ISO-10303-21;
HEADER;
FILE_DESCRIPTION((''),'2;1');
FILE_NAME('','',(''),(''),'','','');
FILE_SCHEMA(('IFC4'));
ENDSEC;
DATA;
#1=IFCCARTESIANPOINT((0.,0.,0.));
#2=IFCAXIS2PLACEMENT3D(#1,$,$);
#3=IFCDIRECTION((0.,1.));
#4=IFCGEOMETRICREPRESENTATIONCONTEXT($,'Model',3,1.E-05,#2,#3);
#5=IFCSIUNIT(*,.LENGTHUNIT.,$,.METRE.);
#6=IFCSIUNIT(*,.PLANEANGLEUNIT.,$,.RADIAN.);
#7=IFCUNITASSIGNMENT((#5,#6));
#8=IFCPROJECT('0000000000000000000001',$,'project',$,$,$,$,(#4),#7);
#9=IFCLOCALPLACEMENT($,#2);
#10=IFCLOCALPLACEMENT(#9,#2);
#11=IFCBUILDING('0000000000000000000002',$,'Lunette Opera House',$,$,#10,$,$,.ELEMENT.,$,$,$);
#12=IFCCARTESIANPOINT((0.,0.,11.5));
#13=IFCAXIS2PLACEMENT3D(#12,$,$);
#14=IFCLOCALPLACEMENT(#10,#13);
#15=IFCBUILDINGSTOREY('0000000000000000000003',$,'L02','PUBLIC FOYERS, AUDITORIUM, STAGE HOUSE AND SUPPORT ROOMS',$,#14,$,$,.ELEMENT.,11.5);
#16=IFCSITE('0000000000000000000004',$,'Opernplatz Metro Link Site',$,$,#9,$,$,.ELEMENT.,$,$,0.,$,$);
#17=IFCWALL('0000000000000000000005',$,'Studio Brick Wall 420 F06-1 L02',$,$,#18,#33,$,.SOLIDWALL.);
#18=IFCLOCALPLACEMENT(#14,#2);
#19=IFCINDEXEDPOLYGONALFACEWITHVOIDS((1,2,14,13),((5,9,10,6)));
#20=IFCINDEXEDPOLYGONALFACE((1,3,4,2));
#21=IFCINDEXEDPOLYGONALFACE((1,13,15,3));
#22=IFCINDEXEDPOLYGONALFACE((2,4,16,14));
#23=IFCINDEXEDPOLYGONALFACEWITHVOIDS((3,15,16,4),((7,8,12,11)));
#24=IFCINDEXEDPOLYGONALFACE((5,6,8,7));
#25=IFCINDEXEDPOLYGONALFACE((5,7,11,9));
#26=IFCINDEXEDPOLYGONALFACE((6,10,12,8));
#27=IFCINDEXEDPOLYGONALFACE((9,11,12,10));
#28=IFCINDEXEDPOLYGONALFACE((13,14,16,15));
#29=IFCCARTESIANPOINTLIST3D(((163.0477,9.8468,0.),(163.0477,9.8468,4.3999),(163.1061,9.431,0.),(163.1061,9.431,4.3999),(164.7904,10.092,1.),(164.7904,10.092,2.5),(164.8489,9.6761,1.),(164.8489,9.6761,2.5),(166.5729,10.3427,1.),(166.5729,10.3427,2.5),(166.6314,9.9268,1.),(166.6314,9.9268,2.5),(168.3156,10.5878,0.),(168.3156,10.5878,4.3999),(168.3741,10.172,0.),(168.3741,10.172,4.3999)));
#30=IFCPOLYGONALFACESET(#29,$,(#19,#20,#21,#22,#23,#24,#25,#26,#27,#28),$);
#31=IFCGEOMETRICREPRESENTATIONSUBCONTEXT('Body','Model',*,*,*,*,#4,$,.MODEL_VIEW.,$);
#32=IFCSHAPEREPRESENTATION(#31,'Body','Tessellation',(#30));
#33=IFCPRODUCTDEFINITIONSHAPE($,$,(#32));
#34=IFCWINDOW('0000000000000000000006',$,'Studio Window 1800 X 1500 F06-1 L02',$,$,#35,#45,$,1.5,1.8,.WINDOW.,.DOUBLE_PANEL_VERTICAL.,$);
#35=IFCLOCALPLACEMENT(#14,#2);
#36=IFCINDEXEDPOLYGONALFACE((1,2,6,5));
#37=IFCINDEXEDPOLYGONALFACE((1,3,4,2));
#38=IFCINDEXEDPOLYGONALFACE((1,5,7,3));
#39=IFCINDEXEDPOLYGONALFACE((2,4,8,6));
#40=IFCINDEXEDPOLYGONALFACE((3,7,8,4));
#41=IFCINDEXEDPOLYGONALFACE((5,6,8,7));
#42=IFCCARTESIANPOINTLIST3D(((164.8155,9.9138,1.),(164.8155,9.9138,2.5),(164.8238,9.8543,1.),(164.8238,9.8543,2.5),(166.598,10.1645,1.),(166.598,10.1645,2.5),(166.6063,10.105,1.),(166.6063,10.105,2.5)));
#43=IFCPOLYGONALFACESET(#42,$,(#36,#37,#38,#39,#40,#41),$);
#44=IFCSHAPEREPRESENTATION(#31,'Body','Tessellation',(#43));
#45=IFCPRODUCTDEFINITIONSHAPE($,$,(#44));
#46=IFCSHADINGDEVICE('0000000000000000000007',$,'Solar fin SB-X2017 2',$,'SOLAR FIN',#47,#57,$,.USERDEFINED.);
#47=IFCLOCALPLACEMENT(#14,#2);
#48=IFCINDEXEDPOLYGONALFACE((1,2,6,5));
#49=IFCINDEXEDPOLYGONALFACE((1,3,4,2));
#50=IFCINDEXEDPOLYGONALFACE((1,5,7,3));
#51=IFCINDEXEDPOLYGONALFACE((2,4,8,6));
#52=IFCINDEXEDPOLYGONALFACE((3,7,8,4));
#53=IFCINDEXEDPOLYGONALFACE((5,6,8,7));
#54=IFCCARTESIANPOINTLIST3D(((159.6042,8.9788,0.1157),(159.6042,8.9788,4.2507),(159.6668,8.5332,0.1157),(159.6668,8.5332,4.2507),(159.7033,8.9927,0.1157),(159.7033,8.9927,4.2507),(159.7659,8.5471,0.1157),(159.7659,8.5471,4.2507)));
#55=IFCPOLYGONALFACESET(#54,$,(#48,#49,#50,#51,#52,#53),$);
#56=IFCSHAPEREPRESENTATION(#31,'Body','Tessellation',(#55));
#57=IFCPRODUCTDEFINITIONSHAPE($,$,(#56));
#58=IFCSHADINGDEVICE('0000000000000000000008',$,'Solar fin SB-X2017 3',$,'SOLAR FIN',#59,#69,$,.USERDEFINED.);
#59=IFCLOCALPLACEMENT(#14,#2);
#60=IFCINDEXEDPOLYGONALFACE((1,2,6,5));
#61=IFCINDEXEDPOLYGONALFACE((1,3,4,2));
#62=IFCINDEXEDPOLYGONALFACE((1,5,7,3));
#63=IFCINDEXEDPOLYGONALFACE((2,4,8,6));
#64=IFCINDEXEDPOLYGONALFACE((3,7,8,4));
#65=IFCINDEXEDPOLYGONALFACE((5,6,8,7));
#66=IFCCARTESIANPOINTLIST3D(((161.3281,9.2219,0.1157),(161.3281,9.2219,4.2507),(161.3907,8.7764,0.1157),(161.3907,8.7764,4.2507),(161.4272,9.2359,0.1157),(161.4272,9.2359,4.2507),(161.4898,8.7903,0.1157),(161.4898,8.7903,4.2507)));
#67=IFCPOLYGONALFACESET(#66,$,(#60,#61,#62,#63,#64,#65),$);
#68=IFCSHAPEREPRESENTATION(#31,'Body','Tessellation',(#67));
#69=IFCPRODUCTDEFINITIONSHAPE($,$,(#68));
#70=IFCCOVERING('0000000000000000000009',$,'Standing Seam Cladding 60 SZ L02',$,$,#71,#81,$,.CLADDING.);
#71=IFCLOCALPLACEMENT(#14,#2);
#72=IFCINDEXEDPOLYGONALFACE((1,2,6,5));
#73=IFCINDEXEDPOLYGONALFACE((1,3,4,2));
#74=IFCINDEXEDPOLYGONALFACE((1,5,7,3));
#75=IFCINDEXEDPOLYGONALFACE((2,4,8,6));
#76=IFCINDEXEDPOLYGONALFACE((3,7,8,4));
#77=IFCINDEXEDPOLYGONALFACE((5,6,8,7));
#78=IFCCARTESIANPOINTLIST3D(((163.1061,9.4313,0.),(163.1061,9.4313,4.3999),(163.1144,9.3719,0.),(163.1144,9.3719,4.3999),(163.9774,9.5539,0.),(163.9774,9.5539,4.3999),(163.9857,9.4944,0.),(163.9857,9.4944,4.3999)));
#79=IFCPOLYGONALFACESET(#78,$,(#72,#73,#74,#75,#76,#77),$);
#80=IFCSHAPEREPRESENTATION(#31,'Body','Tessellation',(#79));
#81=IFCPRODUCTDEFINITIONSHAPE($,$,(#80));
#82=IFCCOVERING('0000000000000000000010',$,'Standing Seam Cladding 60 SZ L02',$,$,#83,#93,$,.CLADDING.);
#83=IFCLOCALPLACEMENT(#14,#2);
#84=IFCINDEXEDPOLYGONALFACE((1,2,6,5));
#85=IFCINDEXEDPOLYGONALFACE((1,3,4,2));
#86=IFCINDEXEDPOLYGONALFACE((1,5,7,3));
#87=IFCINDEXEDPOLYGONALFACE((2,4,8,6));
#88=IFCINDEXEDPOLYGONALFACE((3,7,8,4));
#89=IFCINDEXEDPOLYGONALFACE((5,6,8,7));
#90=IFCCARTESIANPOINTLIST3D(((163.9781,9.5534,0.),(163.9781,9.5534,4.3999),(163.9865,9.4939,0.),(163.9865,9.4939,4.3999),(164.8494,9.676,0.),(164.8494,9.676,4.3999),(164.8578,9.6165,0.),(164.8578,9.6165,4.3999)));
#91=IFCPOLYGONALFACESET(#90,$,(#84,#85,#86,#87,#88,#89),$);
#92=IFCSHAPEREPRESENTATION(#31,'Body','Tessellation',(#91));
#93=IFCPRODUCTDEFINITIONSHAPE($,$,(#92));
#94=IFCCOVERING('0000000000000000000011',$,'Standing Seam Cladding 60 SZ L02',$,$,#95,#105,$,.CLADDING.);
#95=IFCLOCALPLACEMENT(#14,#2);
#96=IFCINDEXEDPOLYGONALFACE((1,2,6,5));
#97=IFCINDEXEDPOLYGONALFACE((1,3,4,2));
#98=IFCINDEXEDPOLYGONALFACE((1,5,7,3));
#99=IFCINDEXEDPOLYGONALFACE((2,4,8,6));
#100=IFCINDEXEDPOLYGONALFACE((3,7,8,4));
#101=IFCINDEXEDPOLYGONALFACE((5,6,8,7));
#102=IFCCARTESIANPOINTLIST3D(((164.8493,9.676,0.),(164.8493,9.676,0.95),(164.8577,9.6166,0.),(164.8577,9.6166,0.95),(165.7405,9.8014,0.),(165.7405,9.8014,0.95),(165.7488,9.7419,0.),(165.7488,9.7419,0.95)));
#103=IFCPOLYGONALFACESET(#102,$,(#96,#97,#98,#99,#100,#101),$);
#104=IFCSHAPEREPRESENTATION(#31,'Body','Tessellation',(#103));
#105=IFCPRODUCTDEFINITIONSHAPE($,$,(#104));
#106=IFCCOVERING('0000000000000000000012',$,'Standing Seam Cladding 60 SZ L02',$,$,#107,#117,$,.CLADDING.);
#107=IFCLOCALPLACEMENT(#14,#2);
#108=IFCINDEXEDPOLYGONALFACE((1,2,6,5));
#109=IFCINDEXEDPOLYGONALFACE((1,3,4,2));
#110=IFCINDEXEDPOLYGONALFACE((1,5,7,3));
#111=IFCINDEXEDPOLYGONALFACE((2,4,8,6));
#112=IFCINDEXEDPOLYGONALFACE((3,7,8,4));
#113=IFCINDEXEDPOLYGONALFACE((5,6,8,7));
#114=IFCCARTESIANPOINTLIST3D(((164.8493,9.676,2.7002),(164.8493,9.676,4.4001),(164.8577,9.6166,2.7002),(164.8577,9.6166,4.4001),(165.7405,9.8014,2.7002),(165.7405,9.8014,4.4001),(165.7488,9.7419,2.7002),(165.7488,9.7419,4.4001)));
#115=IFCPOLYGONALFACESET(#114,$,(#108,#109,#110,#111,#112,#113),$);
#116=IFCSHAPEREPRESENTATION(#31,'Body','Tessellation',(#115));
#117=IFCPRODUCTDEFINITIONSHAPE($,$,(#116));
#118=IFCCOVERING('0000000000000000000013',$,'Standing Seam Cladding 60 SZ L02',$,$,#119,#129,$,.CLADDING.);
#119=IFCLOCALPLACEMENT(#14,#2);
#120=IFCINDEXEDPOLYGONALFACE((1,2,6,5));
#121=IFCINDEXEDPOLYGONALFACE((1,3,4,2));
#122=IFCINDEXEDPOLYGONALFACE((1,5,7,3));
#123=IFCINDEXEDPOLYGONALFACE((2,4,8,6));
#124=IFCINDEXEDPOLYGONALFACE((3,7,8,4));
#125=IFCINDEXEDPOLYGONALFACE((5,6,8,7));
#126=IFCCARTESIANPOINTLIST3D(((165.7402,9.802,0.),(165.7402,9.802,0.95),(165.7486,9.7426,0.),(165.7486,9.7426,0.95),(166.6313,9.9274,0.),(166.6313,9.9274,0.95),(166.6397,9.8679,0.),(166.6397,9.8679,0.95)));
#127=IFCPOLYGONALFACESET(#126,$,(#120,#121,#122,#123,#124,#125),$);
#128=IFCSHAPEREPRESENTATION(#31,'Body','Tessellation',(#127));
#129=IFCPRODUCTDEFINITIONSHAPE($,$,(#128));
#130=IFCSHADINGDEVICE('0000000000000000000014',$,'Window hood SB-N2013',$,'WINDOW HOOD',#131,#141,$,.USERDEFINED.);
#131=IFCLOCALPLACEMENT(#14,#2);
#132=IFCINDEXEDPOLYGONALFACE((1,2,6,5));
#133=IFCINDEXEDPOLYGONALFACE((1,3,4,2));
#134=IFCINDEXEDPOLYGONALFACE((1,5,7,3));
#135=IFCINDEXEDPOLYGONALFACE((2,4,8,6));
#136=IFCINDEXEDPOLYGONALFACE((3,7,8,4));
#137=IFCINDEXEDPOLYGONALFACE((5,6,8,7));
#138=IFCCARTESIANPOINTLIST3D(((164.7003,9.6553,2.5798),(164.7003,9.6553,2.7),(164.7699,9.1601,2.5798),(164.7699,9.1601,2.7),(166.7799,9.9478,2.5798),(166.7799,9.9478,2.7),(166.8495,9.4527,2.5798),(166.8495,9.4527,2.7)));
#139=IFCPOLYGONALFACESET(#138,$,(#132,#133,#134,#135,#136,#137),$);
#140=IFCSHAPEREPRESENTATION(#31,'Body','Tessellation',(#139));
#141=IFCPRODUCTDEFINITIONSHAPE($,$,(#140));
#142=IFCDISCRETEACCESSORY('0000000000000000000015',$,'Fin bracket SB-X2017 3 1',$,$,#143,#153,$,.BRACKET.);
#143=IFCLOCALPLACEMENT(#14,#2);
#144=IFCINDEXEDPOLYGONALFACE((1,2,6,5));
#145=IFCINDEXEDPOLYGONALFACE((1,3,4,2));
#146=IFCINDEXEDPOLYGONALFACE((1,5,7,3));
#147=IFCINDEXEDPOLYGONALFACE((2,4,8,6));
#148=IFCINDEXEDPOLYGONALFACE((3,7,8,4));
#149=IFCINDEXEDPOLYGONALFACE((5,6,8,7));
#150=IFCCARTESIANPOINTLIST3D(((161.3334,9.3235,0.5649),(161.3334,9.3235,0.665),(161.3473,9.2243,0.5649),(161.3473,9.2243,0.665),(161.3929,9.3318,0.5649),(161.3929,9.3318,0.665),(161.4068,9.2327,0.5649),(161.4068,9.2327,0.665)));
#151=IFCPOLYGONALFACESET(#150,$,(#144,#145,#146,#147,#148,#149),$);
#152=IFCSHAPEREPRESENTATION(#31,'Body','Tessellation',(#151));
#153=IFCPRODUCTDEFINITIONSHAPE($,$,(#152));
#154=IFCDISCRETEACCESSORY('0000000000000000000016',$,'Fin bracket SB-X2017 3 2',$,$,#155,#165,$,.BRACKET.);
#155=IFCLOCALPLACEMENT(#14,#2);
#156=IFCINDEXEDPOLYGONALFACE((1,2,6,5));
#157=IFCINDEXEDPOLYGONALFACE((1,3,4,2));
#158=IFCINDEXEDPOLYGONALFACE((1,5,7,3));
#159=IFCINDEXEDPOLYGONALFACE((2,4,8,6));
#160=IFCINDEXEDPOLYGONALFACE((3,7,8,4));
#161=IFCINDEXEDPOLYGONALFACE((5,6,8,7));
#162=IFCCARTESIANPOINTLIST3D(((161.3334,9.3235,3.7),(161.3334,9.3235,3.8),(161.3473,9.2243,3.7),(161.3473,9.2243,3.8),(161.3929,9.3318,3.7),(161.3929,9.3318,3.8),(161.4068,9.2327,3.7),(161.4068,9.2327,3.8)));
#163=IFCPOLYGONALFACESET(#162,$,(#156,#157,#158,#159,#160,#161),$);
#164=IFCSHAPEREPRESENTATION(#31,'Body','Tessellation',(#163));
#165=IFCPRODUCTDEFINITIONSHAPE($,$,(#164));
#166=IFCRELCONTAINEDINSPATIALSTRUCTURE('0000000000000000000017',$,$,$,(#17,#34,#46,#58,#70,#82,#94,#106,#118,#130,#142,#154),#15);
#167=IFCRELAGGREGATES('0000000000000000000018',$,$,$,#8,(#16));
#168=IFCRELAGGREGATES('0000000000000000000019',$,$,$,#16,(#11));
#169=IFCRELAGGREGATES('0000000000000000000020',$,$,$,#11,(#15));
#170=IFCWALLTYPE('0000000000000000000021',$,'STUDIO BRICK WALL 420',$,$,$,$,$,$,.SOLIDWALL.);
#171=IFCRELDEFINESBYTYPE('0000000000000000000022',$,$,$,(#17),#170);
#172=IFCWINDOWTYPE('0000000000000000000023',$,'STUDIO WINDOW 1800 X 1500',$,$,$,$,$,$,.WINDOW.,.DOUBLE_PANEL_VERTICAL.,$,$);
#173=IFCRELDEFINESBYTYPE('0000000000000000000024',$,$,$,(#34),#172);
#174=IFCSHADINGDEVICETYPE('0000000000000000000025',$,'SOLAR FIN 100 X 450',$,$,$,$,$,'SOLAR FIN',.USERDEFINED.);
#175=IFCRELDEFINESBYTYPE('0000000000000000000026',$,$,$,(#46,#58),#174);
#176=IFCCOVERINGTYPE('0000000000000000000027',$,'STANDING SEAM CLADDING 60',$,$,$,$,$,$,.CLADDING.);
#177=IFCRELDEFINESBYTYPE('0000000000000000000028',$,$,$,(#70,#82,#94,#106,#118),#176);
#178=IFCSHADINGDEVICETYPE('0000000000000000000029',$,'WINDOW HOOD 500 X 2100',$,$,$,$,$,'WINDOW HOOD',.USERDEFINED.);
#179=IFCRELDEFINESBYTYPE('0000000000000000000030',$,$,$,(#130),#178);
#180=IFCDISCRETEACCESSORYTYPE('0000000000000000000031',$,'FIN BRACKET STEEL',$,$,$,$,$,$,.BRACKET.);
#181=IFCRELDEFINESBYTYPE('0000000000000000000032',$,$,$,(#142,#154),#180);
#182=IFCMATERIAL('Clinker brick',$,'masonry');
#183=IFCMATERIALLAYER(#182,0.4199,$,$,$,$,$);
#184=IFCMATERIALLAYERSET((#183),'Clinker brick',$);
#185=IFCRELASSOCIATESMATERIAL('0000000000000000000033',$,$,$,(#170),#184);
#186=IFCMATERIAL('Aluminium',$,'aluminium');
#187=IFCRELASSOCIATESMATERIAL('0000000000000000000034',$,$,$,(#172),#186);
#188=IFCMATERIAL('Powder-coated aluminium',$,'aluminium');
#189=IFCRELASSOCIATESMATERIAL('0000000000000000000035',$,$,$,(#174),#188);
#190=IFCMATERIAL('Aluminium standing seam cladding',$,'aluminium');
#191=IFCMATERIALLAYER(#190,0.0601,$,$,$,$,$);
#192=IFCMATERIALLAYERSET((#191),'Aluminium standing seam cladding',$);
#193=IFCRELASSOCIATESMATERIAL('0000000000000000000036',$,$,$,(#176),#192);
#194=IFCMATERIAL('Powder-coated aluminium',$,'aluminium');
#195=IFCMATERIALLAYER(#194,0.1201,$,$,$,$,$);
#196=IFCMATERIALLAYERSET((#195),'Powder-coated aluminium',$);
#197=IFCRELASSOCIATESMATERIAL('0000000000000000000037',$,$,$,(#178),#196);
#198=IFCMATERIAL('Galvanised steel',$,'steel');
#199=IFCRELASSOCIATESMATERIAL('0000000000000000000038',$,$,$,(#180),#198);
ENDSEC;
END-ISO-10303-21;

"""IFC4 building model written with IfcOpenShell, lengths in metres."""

from ifc_helpers import new_model, si_unit, direction, frame, frame_2d, origin, origin_2d, place, context, subcontext, project, spatial, rectangle, extrude, material, layer, layer_set, type_object, element, fill, save


model = new_model("IFC4")

# Units and contexts
model_context = context("Model", 3, precision=1e-05, world=origin(), true_north=direction((0.0, 1.0)))
body_context = subcontext(model_context, "Body", "Model", "MODEL_VIEW")
ifc_project = project(units=[si_unit("LENGTHUNIT", "METRE"), si_unit("PLANEANGLEUNIT", "RADIAN")], contexts=[model_context])

# Site, building, storey
site_placement = place(None, origin())
site = spatial("IfcSite", under=ifc_project, at=site_placement, Name="Opernplatz Metro Link Site", CompositionType="ELEMENT", RefElevation=0.0)
building_placement = place(site_placement, origin())
building = spatial("IfcBuilding", under=site, at=building_placement, Name="Lunette Opera House", CompositionType="ELEMENT")
storey_placement = place(building_placement, frame((0.0, 0.0, 11.5)))
storey = spatial("IfcBuildingStorey", under=building, at=storey_placement, Name="L02", Description="PUBLIC FOYERS, AUDITORIUM, STAGE HOUSE AND SUPPORT ROOMS", CompositionType="ELEMENT", Elevation=11.5)

# Wall, opening, window
ifc_material_1 = material(Name="Clinker brick", Category="masonry")
ifc_layer_1 = layer(ifc_material_1, 0.4199)
ifc_layer_set_1 = layer_set([ifc_layer_1], Name="Clinker brick")
wall_type_1 = type_object("IfcWallType", Name="STUDIO BRICK WALL 420", PredefinedType="SOLIDWALL", material=ifc_layer_set_1)
wall_1_placement = place(storey_placement, frame((163.0769, 9.6389, 0.0), z_axis=(0.0, 0.0, 1.0), x_axis=(0.990253, 0.139282, 0.0)))
wall_1 = element("IfcWall", 1, at=wall_1_placement, inside=storey, type_object=wall_type_1, Name="Studio Brick Wall 420 F06-1 L02", PredefinedType="SOLIDWALL", context=body_context, shape_type="SweptSolid", body=[
    extrude(rectangle(XDim=5.3198, YDim=0.4199, at=frame_2d((2.6599, 0.0))), origin(), (0.0, 0.0, 1.0), 4.3999),
])
opening_1_placement = place(wall_1_placement, frame((1.76, 0.0, 1.0)))
opening_1 = element("IfcOpeningElement", 2, at=opening_1_placement, cuts=wall_1, PredefinedType="OPENING", context=body_context, shape_type="SweptSolid", body=[
    extrude(rectangle(XDim=1.8, YDim=1.5, at=frame_2d((0.8999, 0.75))), frame((0.0, 0.2219, 0.0), z_axis=(0.0, -1.0, 0.0), x_axis=(1.0, 0.0, 0.0)), (0.0, 0.0, 1.0), 0.4438),
])
ifc_material_2 = material(Name="Aluminium", Category="aluminium")
window_type = type_object("IfcWindowType", Name="STUDIO WINDOW 1800 X 1500", PartitioningType="DOUBLE_PANEL_VERTICAL", PredefinedType="WINDOW", material=ifc_material_2)
window_placement = place(opening_1_placement, origin())
window = element("IfcWindow", 3, at=window_placement, inside=storey, type_object=window_type, Name="Studio Window 1800 X 1500 F06-1 L02", OverallHeight=1.5, OverallWidth=1.8, PartitioningType="DOUBLE_PANEL_VERTICAL", PredefinedType="WINDOW", context=body_context, shape_type="SweptSolid", body=[
    extrude(rectangle(XDim=1.8, YDim=1.5, at=frame_2d((0.8999, 0.75))), frame((0.0, 0.03, 0.0), z_axis=(0.0, -1.0, 0.0), x_axis=(1.0, 0.0, 0.0)), (0.0, 0.0, 1.0), 0.0601),
])
fill(opening_1, window)

# Shading devices
ifc_material_3 = material(Name="Powder-coated aluminium", Category="aluminium")
shading_device_type_1 = type_object("IfcShadingDeviceType", Name="SOLAR FIN 100 X 450", ElementType="SOLAR FIN", PredefinedType="USERDEFINED", material=ifc_material_3)
for number, where, z_axis, x_axis, name in (
    (4, (159.6851, 8.7629, 0.1157), (0.0, 0.0, 1.0), (0.139209, -0.990263, 0.0), "Solar fin SB-X2017 2"),
    (5, (161.4089, 9.0061, 0.1157), (0.0, 0.0, 1.0), (0.139209, -0.990263, 0.0), "Solar fin SB-X2017 3"),
):
    element("IfcShadingDevice", number, at=place(storey_placement, frame(where, z_axis=z_axis, x_axis=x_axis)), inside=storey, type_object=shading_device_type_1, Name=name, ObjectType="SOLAR FIN", PredefinedType="USERDEFINED", context=body_context, shape_type="SweptSolid", body=[
        extrude(rectangle(XDim=0.45, YDim=0.1001, at=origin_2d()), origin(), (0.0, 0.0, 1.0), 4.135),
    ])

# Coverings
ifc_material_4 = material(Name="Aluminium standing seam cladding", Category="aluminium")
ifc_layer_2 = layer(ifc_material_4, 0.0601)
ifc_layer_set_2 = layer_set([ifc_layer_2], Name="Aluminium standing seam cladding")
covering_type = type_object("IfcCoveringType", Name="STANDING SEAM CLADDING 60", PredefinedType="CLADDING", material=ifc_layer_set_2)
for number, where, z_axis, x_axis, name in (
    (6, (163.5459, 9.4629, 0.0), (0.0, 0.0, 1.0), (0.990252, 0.139289, 0.0), "Standing Seam Cladding 60 SZ L02"),
    (7, (164.418, 9.585, 0.0), (0.0, 0.0, 1.0), (0.990252, 0.139289, 0.0), "Standing Seam Cladding 60 SZ L02"),
):
    element("IfcCovering", number, at=place(storey_placement, frame(where, z_axis=z_axis, x_axis=x_axis)), inside=storey, type_object=covering_type, Name=name, PredefinedType="CLADDING", context=body_context, shape_type="SweptSolid", body=[
        extrude(rectangle(XDim=0.8799, YDim=0.0601, at=origin_2d()), origin(), (0.0, 0.0, 1.0), 4.3999),
    ])
covering_1_placement = place(storey_placement, frame((165.2991, 9.709, 0.0), z_axis=(0.0, 0.0, 1.0), x_axis=(0.990252, 0.139289, 0.0)))
element("IfcCovering", 8, at=covering_1_placement, inside=storey, type_object=covering_type, Name="Standing Seam Cladding 60 SZ L02", PredefinedType="CLADDING", context=body_context, shape_type="SweptSolid", body=[
    extrude(rectangle(XDim=0.8999, YDim=0.0601, at=origin_2d()), origin(), (0.0, 0.0, 1.0), 0.95),
])
covering_2_placement = place(storey_placement, frame((165.2991, 9.709, 2.7002), z_axis=(0.0, 0.0, 1.0), x_axis=(0.990252, 0.139289, 0.0)))
element("IfcCovering", 9, at=covering_2_placement, inside=storey, type_object=covering_type, Name="Standing Seam Cladding 60 SZ L02", PredefinedType="CLADDING", context=body_context, shape_type="SweptSolid", body=[
    extrude(rectangle(XDim=0.8999, YDim=0.0601, at=origin_2d()), origin(), (0.0, 0.0, 1.0), 1.7),
])
covering_3_placement = place(storey_placement, frame((166.1899, 9.835, 0.0), z_axis=(0.0, 0.0, 1.0), x_axis=(0.990252, 0.139289, 0.0)))
element("IfcCovering", 10, at=covering_3_placement, inside=storey, type_object=covering_type, Name="Standing Seam Cladding 60 SZ L02", PredefinedType="CLADDING", context=body_context, shape_type="SweptSolid", body=[
    extrude(rectangle(XDim=0.8999, YDim=0.0601, at=origin_2d()), origin(), (0.0, 0.0, 1.0), 0.95),
])

# Shading device
ifc_material_5 = material(Name="Powder-coated aluminium", Category="aluminium")
ifc_layer_3 = layer(ifc_material_5, 0.1201)
ifc_layer_set_3 = layer_set([ifc_layer_3], Name="Powder-coated aluminium")
shading_device_type_2 = type_object("IfcShadingDeviceType", Name="WINDOW HOOD 500 X 2100", ElementType="WINDOW HOOD", PredefinedType="USERDEFINED", material=ifc_layer_set_3)
shading_device_placement = place(storey_placement, frame((165.7749, 9.554, 2.5798), z_axis=(0.0, 0.0, 1.0), x_axis=(0.139289, -0.990252, 0.0)))
element("IfcShadingDevice", 11, at=shading_device_placement, inside=storey, type_object=shading_device_type_2, Name="Window hood SB-N2013", ObjectType="WINDOW HOOD", PredefinedType="USERDEFINED", context=body_context, shape_type="SweptSolid", body=[
    extrude(rectangle(XDim=0.5, YDim=2.1001, at=origin_2d()), origin(), (0.0, 0.0, 1.0), 0.1201),
])

# Discrete accessories
ifc_material_6 = material(Name="Galvanised steel", Category="steel")
discrete_accessory_type = type_object("IfcDiscreteAccessoryType", Name="FIN BRACKET STEEL", PredefinedType="BRACKET", material=ifc_material_6)
for number, where, z_axis, x_axis, name in (
    (12, (161.3701, 9.2781, 0.5649), (0.0, 0.0, 1.0), (0.139209, -0.990263, 0.0), "Fin bracket SB-X2017 3 1"),
    (13, (161.3701, 9.2781, 3.7), (0.0, 0.0, 1.0), (0.139209, -0.990263, 0.0), "Fin bracket SB-X2017 3 2"),
):
    element("IfcDiscreteAccessory", number, at=place(storey_placement, frame(where, z_axis=z_axis, x_axis=x_axis)), inside=storey, type_object=discrete_accessory_type, Name=name, PredefinedType="BRACKET", context=body_context, shape_type="SweptSolid", body=[
        extrude(rectangle(XDim=0.1001, YDim=0.0601, at=origin_2d()), origin(), (0.0, 0.0, 1.0), 0.1001),
    ])

save(model, "model.ifc")
